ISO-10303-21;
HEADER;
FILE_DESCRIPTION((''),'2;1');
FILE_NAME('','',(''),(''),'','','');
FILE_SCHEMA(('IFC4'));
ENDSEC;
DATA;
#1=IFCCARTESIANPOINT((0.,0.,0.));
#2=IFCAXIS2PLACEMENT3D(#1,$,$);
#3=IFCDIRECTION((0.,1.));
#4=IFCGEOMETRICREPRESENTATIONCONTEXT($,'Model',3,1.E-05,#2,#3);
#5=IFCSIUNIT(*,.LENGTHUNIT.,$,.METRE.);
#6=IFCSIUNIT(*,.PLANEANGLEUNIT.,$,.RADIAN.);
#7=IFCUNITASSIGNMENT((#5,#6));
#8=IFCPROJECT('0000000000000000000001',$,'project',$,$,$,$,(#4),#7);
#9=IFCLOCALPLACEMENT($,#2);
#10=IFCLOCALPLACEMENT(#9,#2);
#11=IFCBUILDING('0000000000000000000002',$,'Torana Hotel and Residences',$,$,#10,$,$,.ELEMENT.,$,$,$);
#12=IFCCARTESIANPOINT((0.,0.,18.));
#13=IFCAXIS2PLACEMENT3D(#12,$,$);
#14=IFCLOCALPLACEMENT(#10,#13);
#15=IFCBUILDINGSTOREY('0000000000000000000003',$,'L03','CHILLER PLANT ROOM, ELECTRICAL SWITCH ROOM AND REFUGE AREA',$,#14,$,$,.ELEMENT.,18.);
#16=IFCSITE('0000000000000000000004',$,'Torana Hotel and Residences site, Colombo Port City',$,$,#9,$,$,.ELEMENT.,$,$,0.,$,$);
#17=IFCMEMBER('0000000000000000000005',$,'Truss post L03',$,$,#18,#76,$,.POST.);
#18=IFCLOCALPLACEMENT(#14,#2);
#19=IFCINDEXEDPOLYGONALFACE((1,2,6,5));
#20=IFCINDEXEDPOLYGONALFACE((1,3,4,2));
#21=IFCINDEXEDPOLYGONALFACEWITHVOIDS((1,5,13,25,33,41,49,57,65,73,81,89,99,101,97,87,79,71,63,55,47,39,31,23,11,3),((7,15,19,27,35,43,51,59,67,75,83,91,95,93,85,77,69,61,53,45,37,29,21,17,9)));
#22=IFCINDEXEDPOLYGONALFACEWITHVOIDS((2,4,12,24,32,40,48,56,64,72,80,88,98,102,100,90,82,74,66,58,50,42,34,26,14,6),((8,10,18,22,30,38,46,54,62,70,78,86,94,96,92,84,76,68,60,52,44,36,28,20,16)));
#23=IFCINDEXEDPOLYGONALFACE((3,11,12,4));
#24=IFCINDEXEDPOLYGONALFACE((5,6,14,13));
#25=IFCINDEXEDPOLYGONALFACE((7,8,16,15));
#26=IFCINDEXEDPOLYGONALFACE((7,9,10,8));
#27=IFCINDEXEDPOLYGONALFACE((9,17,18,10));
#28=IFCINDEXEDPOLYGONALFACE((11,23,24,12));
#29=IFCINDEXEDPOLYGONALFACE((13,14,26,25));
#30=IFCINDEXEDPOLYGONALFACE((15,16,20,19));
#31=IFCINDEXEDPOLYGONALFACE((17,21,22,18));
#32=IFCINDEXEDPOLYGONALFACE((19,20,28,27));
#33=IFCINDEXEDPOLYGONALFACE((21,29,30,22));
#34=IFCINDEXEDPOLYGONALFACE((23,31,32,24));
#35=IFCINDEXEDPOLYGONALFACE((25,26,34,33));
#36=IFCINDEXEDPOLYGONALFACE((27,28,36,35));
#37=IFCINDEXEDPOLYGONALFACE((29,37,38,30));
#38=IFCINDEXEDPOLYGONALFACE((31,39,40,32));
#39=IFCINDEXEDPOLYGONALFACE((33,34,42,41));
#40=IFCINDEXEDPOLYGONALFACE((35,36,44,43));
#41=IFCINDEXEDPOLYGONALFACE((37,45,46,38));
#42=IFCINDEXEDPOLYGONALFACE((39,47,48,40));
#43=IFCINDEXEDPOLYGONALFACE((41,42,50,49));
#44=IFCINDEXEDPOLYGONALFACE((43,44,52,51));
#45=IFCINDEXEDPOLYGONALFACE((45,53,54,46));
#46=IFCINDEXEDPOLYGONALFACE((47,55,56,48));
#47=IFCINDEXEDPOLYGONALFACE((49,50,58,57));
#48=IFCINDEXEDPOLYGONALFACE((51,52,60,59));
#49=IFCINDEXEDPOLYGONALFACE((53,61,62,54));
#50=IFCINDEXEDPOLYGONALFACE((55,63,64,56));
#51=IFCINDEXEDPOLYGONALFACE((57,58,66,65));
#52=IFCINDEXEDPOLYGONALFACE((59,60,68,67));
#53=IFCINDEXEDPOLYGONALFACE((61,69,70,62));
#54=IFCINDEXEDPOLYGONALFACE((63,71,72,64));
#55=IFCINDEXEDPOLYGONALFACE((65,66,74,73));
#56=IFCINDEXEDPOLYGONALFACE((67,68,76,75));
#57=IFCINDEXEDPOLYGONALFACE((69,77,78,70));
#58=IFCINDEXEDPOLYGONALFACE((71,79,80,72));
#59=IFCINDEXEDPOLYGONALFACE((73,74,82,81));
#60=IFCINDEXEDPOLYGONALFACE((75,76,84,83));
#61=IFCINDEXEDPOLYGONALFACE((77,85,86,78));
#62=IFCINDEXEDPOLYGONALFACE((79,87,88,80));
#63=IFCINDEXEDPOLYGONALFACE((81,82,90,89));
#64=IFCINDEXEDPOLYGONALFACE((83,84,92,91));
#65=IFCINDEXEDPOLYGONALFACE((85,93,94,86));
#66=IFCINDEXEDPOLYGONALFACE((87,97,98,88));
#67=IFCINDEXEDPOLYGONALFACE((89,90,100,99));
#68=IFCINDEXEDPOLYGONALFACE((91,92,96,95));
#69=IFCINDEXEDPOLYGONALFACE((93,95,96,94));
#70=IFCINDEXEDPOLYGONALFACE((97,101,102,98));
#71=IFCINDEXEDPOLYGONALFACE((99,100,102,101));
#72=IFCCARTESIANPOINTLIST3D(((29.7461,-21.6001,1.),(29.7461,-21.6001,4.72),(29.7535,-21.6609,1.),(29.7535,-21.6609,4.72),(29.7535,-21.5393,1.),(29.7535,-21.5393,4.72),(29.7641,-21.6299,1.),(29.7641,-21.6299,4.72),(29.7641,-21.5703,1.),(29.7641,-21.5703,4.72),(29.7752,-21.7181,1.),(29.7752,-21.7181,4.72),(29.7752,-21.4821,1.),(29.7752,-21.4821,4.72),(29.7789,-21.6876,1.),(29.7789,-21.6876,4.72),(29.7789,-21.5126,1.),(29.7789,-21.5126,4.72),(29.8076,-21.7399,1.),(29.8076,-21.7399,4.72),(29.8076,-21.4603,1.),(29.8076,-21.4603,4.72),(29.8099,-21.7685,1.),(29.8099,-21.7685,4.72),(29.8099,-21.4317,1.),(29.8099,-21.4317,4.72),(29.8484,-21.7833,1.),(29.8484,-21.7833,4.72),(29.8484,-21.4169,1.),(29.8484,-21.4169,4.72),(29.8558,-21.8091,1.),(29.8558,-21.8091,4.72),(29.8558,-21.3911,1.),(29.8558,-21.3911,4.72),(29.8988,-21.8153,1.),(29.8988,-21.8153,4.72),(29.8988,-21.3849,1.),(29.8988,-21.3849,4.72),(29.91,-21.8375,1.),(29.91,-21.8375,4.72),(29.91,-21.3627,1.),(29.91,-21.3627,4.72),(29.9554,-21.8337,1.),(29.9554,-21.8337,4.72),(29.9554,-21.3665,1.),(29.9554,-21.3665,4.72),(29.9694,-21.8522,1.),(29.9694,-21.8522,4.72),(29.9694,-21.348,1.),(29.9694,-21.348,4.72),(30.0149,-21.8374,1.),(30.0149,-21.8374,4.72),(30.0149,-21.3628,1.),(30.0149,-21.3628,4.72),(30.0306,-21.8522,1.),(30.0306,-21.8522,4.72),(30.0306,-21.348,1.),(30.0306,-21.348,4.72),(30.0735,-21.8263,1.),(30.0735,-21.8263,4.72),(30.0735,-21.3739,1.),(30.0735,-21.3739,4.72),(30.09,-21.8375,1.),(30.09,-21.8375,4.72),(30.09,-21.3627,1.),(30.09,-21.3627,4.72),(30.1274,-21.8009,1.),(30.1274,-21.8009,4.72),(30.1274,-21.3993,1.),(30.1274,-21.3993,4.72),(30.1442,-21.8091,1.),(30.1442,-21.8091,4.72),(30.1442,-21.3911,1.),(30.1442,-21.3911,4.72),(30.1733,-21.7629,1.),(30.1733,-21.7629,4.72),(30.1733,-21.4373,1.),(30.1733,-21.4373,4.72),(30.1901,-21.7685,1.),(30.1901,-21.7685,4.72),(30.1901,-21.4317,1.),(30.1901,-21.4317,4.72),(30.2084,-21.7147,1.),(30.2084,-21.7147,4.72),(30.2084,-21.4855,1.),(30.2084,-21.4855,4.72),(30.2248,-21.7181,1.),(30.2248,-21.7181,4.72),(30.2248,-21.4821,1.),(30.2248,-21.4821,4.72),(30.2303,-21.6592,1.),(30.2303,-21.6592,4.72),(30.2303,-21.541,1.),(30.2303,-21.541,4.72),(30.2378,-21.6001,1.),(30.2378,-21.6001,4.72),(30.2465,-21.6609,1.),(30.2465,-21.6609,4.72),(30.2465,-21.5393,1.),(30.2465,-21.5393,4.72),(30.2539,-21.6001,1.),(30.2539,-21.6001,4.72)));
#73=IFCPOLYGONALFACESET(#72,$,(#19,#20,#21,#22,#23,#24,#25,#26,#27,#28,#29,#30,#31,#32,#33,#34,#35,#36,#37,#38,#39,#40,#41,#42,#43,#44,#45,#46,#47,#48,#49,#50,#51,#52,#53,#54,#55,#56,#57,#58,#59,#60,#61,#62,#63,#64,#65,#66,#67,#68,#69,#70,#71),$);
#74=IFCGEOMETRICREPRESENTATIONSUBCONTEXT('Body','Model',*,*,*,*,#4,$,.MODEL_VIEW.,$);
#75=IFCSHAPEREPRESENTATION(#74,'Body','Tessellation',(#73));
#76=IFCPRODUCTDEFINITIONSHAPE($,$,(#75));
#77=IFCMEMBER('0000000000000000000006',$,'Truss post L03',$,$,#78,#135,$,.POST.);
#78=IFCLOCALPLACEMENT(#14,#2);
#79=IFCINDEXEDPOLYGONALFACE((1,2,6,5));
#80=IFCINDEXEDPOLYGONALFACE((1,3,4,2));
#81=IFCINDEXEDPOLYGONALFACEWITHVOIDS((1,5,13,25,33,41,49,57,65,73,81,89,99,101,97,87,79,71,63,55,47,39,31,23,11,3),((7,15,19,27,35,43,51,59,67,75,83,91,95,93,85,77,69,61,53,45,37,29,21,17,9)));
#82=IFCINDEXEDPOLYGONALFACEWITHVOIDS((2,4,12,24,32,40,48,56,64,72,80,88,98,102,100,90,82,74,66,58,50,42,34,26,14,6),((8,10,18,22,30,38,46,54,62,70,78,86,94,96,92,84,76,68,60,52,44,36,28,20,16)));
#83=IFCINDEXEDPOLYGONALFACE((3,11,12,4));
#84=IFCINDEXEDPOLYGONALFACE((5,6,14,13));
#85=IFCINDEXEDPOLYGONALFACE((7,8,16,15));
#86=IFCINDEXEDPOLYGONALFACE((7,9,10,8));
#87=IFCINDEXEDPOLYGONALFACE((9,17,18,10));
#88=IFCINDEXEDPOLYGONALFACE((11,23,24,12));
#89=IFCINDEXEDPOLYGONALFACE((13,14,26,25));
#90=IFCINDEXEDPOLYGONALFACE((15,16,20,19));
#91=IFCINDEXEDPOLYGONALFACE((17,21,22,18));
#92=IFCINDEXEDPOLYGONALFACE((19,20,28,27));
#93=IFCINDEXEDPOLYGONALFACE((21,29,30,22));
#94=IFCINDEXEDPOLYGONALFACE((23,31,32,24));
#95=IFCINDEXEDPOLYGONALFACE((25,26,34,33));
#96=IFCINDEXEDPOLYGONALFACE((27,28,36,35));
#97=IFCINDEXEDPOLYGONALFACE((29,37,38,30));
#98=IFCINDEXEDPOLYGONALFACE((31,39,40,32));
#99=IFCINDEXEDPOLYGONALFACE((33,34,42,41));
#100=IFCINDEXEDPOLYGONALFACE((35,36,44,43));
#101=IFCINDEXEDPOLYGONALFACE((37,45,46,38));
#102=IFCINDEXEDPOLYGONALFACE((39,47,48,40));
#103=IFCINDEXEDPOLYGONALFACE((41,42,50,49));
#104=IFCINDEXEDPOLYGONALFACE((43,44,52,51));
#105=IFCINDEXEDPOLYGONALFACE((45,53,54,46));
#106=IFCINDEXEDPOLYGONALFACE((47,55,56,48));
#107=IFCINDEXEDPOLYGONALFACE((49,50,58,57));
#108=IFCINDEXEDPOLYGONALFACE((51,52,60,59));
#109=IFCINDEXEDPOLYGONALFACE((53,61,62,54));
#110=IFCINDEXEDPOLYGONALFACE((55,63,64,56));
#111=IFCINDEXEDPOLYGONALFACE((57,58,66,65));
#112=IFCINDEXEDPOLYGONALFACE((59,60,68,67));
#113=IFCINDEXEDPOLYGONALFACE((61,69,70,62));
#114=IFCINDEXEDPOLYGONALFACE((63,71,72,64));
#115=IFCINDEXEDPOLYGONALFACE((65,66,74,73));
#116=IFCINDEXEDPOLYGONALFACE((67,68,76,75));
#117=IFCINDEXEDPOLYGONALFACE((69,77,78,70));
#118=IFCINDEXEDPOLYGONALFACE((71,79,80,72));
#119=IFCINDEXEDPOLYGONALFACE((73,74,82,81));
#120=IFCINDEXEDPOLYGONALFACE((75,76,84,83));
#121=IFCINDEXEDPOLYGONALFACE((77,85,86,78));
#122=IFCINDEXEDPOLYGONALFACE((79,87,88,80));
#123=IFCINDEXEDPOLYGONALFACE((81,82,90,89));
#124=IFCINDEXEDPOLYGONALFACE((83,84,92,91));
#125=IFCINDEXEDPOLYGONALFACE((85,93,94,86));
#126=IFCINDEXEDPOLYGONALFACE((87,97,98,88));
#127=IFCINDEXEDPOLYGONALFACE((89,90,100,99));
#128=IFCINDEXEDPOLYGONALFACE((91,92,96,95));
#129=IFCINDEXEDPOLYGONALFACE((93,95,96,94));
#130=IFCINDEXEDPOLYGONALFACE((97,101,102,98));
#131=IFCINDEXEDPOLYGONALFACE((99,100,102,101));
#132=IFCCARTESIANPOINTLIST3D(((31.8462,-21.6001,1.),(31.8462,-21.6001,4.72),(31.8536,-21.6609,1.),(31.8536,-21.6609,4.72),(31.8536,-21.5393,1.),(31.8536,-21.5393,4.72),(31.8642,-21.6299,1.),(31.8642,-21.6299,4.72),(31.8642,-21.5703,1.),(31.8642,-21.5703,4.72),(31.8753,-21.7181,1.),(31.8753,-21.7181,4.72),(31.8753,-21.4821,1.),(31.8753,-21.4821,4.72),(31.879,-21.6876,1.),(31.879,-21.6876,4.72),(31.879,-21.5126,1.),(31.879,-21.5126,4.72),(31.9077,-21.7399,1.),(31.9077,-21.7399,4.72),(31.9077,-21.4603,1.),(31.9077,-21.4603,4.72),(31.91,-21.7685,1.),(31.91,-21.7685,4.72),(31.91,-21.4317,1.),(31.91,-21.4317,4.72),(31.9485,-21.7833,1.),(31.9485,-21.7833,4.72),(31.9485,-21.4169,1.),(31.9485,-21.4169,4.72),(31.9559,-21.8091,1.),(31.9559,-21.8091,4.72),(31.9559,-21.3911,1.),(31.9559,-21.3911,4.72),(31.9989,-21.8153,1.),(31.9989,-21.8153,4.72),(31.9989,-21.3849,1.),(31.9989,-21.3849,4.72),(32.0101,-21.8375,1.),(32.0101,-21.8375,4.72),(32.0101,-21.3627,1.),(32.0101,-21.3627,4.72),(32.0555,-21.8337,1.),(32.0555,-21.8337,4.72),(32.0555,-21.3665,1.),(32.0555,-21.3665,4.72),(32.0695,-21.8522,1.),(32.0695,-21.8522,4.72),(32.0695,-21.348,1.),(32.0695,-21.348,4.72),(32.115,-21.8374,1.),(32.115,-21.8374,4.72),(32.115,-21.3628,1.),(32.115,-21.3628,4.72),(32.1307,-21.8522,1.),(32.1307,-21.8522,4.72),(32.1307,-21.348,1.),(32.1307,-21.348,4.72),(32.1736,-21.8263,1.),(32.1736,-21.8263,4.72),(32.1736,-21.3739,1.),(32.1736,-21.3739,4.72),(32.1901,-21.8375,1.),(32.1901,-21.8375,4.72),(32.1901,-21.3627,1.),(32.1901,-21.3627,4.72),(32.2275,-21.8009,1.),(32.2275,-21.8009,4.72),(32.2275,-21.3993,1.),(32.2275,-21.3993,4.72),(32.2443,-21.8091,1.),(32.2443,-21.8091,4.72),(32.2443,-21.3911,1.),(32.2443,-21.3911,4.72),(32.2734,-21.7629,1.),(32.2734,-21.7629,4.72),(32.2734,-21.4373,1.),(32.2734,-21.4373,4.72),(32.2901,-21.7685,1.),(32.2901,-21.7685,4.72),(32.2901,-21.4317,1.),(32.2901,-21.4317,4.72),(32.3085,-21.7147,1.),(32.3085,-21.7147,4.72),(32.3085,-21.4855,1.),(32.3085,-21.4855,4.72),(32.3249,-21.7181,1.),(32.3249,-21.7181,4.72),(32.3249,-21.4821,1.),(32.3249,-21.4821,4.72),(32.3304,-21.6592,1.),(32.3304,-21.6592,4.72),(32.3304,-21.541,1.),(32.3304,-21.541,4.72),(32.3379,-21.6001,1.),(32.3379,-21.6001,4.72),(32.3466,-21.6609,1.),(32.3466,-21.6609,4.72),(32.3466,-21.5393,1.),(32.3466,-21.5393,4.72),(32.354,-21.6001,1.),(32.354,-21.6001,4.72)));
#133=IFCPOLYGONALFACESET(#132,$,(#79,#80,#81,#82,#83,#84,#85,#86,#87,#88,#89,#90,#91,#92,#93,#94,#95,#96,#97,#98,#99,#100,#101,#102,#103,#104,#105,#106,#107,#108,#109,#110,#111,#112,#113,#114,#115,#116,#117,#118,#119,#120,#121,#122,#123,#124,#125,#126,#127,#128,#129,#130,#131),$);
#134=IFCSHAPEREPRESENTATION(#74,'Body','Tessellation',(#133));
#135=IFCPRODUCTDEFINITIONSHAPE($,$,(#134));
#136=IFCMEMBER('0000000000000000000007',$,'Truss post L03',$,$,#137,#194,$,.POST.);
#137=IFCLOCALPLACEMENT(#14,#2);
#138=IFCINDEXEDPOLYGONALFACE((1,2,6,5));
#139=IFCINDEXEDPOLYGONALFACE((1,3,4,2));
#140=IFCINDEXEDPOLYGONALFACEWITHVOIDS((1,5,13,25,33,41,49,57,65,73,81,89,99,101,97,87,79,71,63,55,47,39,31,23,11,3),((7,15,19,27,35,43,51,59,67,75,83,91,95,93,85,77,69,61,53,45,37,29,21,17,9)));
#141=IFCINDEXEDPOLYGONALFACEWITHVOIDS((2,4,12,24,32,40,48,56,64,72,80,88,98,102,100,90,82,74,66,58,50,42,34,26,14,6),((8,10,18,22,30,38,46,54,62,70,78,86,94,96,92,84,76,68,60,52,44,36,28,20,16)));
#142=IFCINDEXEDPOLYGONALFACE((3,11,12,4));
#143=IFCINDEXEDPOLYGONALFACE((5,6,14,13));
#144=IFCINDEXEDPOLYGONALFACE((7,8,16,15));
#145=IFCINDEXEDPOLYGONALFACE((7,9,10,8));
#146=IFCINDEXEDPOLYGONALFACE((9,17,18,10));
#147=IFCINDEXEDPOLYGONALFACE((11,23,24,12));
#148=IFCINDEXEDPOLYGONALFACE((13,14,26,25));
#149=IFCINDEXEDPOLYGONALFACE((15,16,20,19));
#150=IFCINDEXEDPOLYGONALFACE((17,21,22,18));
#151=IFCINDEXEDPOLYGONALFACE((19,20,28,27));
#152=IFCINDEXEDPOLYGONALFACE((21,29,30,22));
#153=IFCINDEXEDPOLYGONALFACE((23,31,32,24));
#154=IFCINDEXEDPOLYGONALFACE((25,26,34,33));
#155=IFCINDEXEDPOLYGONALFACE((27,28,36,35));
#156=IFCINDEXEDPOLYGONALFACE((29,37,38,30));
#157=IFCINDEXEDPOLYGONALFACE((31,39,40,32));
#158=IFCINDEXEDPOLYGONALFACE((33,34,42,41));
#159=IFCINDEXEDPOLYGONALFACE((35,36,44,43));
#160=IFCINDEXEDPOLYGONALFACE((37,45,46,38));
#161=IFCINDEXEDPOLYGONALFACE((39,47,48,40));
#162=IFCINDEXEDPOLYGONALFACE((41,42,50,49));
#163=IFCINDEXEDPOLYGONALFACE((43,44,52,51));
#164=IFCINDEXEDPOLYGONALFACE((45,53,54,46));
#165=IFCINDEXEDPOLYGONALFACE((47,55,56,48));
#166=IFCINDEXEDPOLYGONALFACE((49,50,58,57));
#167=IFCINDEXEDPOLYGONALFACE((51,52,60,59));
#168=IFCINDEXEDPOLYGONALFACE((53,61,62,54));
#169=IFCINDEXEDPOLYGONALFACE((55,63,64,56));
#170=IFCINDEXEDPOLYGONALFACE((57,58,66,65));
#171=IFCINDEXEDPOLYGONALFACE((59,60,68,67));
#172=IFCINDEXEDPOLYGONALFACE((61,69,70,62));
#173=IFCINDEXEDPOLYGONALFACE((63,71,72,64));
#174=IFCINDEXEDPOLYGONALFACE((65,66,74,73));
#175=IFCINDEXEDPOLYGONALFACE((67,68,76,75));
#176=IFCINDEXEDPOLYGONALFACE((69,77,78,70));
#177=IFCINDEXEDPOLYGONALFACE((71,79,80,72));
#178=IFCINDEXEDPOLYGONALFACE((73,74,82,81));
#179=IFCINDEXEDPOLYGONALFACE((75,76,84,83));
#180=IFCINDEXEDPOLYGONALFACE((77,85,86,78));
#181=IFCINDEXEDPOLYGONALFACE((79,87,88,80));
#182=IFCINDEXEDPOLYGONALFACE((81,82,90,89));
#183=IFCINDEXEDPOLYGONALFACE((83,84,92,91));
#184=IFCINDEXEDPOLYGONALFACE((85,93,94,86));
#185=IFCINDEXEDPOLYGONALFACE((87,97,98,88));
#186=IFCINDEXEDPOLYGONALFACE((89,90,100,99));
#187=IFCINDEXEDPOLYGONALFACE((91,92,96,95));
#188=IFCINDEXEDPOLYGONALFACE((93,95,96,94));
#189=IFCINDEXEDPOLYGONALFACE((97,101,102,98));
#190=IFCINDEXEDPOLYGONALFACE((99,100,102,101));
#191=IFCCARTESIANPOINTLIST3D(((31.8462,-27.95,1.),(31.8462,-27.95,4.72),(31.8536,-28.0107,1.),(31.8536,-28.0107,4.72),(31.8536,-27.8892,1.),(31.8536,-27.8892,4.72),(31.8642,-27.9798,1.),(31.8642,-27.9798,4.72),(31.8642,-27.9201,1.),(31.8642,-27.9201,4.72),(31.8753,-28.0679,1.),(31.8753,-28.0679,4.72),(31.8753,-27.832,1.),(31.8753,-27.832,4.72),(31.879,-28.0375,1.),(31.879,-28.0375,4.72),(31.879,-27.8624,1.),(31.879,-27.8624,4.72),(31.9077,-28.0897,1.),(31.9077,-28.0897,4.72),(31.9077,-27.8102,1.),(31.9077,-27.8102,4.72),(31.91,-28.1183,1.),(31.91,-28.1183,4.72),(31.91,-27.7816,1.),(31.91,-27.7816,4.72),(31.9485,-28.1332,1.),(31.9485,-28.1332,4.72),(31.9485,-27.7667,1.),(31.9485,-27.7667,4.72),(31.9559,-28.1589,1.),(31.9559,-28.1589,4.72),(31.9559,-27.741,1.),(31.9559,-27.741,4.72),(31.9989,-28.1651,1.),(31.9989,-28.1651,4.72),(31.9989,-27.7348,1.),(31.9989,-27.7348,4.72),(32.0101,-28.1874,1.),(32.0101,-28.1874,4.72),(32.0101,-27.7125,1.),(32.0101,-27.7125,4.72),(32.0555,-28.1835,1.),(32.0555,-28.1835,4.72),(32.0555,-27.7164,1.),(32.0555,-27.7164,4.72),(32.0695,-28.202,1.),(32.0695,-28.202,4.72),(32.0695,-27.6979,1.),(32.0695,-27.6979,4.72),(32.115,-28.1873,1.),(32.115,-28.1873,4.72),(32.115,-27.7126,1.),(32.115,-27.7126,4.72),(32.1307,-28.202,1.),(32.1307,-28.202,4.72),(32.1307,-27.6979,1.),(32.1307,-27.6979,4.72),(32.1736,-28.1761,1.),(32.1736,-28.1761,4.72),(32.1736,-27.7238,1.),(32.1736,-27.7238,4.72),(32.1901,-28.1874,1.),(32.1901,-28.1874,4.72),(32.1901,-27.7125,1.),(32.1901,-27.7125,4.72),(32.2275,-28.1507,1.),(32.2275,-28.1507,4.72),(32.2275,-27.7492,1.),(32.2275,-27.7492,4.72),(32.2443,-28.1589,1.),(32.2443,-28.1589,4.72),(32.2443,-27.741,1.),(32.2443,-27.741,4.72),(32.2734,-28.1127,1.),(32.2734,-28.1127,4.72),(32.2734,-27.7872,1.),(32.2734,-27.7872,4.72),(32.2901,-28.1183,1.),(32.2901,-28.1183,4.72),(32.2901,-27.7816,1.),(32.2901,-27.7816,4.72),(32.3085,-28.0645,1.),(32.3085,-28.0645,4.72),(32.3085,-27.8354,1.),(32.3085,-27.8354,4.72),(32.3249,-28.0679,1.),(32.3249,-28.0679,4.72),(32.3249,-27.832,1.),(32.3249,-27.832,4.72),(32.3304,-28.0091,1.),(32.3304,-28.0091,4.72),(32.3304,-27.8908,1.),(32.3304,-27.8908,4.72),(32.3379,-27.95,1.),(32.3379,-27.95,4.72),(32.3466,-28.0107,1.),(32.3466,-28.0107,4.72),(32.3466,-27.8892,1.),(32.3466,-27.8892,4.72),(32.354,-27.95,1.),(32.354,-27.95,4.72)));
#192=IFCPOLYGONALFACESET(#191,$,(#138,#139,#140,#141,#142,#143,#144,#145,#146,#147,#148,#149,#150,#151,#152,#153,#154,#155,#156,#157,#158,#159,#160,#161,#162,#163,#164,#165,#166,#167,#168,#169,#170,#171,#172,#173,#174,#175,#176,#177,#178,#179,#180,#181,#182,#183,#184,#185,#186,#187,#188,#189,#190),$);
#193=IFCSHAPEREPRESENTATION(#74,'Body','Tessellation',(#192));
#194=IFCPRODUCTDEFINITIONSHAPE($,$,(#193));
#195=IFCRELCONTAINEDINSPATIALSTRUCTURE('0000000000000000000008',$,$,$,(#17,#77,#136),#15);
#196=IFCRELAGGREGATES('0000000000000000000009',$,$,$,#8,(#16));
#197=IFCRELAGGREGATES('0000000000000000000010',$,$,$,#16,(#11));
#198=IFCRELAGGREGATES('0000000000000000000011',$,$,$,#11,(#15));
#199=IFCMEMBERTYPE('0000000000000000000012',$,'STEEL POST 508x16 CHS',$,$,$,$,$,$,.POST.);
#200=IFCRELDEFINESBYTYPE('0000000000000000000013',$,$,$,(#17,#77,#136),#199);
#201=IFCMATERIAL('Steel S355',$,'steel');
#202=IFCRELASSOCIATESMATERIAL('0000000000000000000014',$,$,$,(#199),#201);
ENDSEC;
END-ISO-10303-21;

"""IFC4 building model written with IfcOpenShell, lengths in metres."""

from ifc_helpers import new_model, si_unit, direction, frame, origin, origin_2d, place, context, subcontext, project, spatial, hollow_circle, extrude, material, material_profile, profile_set, type_object, element, save


model = new_model("IFC4")

# Units and contexts
model_context = context("Model", 3, precision=1e-05, world=origin(), true_north=direction((0.0, 1.0)))
body_context = subcontext(model_context, "Body", "Model", "MODEL_VIEW")
ifc_project = project(units=[si_unit("LENGTHUNIT", "METRE"), si_unit("PLANEANGLEUNIT", "RADIAN")], contexts=[model_context])

# Site, building, storey
site_placement = place(None, origin())
site = spatial("IfcSite", under=ifc_project, at=site_placement, Name="Torana Hotel and Residences site, Colombo Port City", CompositionType="ELEMENT", RefElevation=0.0)
building_placement = place(site_placement, origin())
building = spatial("IfcBuilding", under=site, at=building_placement, Name="Torana Hotel and Residences", CompositionType="ELEMENT")
storey_placement = place(building_placement, frame((0.0, 0.0, 18.0)))
storey = spatial("IfcBuildingStorey", under=building, at=storey_placement, Name="L03", Description="CHILLER PLANT ROOM, ELECTRICAL SWITCH ROOM AND REFUGE AREA", CompositionType="ELEMENT", Elevation=18.0)

# Members
ifc_material_1 = material(Name="Steel S355", Category="steel")
ifc_material_profile_1 = material_profile(ifc_material_1, hollow_circle(Radius=0.2539, WallThickness=0.0161, at=origin_2d()), Name="508x16 CHS")
ifc_profile_set_1 = profile_set([ifc_material_profile_1], Name="Steel S355")
member_type_1 = type_object("IfcMemberType", Name="STEEL POST 508x16 CHS", PredefinedType="POST", material=ifc_profile_set_1)
for number, where, z_axis, x_axis, name in (
    (1, (30.0, -21.6001, 1.0), (0.0, 0.0, 1.0), (1.0, 0.0, 0.0), "Truss post L03"),
    (2, (32.1001, -21.6001, 1.0), (0.0, 0.0, 1.0), (1.0, 0.0, 0.0), "Truss post L03"),
    (3, (32.1001, -27.95, 1.0), (0.0, 0.0, 1.0), (1.0, 0.0, 0.0), "Truss post L03"),
):
    element("IfcMember", number, at=place(storey_placement, frame(where, z_axis=z_axis, x_axis=x_axis)), inside=storey, type_object=member_type_1, Name=name, PredefinedType="POST", context=body_context, shape_type="SweptSolid", body=[
        extrude(hollow_circle(Radius=0.2539, WallThickness=0.0161, at=origin_2d()), origin(), (0.0, 0.0, 1.0), 3.72),
    ])

save(model, "model.ifc")
